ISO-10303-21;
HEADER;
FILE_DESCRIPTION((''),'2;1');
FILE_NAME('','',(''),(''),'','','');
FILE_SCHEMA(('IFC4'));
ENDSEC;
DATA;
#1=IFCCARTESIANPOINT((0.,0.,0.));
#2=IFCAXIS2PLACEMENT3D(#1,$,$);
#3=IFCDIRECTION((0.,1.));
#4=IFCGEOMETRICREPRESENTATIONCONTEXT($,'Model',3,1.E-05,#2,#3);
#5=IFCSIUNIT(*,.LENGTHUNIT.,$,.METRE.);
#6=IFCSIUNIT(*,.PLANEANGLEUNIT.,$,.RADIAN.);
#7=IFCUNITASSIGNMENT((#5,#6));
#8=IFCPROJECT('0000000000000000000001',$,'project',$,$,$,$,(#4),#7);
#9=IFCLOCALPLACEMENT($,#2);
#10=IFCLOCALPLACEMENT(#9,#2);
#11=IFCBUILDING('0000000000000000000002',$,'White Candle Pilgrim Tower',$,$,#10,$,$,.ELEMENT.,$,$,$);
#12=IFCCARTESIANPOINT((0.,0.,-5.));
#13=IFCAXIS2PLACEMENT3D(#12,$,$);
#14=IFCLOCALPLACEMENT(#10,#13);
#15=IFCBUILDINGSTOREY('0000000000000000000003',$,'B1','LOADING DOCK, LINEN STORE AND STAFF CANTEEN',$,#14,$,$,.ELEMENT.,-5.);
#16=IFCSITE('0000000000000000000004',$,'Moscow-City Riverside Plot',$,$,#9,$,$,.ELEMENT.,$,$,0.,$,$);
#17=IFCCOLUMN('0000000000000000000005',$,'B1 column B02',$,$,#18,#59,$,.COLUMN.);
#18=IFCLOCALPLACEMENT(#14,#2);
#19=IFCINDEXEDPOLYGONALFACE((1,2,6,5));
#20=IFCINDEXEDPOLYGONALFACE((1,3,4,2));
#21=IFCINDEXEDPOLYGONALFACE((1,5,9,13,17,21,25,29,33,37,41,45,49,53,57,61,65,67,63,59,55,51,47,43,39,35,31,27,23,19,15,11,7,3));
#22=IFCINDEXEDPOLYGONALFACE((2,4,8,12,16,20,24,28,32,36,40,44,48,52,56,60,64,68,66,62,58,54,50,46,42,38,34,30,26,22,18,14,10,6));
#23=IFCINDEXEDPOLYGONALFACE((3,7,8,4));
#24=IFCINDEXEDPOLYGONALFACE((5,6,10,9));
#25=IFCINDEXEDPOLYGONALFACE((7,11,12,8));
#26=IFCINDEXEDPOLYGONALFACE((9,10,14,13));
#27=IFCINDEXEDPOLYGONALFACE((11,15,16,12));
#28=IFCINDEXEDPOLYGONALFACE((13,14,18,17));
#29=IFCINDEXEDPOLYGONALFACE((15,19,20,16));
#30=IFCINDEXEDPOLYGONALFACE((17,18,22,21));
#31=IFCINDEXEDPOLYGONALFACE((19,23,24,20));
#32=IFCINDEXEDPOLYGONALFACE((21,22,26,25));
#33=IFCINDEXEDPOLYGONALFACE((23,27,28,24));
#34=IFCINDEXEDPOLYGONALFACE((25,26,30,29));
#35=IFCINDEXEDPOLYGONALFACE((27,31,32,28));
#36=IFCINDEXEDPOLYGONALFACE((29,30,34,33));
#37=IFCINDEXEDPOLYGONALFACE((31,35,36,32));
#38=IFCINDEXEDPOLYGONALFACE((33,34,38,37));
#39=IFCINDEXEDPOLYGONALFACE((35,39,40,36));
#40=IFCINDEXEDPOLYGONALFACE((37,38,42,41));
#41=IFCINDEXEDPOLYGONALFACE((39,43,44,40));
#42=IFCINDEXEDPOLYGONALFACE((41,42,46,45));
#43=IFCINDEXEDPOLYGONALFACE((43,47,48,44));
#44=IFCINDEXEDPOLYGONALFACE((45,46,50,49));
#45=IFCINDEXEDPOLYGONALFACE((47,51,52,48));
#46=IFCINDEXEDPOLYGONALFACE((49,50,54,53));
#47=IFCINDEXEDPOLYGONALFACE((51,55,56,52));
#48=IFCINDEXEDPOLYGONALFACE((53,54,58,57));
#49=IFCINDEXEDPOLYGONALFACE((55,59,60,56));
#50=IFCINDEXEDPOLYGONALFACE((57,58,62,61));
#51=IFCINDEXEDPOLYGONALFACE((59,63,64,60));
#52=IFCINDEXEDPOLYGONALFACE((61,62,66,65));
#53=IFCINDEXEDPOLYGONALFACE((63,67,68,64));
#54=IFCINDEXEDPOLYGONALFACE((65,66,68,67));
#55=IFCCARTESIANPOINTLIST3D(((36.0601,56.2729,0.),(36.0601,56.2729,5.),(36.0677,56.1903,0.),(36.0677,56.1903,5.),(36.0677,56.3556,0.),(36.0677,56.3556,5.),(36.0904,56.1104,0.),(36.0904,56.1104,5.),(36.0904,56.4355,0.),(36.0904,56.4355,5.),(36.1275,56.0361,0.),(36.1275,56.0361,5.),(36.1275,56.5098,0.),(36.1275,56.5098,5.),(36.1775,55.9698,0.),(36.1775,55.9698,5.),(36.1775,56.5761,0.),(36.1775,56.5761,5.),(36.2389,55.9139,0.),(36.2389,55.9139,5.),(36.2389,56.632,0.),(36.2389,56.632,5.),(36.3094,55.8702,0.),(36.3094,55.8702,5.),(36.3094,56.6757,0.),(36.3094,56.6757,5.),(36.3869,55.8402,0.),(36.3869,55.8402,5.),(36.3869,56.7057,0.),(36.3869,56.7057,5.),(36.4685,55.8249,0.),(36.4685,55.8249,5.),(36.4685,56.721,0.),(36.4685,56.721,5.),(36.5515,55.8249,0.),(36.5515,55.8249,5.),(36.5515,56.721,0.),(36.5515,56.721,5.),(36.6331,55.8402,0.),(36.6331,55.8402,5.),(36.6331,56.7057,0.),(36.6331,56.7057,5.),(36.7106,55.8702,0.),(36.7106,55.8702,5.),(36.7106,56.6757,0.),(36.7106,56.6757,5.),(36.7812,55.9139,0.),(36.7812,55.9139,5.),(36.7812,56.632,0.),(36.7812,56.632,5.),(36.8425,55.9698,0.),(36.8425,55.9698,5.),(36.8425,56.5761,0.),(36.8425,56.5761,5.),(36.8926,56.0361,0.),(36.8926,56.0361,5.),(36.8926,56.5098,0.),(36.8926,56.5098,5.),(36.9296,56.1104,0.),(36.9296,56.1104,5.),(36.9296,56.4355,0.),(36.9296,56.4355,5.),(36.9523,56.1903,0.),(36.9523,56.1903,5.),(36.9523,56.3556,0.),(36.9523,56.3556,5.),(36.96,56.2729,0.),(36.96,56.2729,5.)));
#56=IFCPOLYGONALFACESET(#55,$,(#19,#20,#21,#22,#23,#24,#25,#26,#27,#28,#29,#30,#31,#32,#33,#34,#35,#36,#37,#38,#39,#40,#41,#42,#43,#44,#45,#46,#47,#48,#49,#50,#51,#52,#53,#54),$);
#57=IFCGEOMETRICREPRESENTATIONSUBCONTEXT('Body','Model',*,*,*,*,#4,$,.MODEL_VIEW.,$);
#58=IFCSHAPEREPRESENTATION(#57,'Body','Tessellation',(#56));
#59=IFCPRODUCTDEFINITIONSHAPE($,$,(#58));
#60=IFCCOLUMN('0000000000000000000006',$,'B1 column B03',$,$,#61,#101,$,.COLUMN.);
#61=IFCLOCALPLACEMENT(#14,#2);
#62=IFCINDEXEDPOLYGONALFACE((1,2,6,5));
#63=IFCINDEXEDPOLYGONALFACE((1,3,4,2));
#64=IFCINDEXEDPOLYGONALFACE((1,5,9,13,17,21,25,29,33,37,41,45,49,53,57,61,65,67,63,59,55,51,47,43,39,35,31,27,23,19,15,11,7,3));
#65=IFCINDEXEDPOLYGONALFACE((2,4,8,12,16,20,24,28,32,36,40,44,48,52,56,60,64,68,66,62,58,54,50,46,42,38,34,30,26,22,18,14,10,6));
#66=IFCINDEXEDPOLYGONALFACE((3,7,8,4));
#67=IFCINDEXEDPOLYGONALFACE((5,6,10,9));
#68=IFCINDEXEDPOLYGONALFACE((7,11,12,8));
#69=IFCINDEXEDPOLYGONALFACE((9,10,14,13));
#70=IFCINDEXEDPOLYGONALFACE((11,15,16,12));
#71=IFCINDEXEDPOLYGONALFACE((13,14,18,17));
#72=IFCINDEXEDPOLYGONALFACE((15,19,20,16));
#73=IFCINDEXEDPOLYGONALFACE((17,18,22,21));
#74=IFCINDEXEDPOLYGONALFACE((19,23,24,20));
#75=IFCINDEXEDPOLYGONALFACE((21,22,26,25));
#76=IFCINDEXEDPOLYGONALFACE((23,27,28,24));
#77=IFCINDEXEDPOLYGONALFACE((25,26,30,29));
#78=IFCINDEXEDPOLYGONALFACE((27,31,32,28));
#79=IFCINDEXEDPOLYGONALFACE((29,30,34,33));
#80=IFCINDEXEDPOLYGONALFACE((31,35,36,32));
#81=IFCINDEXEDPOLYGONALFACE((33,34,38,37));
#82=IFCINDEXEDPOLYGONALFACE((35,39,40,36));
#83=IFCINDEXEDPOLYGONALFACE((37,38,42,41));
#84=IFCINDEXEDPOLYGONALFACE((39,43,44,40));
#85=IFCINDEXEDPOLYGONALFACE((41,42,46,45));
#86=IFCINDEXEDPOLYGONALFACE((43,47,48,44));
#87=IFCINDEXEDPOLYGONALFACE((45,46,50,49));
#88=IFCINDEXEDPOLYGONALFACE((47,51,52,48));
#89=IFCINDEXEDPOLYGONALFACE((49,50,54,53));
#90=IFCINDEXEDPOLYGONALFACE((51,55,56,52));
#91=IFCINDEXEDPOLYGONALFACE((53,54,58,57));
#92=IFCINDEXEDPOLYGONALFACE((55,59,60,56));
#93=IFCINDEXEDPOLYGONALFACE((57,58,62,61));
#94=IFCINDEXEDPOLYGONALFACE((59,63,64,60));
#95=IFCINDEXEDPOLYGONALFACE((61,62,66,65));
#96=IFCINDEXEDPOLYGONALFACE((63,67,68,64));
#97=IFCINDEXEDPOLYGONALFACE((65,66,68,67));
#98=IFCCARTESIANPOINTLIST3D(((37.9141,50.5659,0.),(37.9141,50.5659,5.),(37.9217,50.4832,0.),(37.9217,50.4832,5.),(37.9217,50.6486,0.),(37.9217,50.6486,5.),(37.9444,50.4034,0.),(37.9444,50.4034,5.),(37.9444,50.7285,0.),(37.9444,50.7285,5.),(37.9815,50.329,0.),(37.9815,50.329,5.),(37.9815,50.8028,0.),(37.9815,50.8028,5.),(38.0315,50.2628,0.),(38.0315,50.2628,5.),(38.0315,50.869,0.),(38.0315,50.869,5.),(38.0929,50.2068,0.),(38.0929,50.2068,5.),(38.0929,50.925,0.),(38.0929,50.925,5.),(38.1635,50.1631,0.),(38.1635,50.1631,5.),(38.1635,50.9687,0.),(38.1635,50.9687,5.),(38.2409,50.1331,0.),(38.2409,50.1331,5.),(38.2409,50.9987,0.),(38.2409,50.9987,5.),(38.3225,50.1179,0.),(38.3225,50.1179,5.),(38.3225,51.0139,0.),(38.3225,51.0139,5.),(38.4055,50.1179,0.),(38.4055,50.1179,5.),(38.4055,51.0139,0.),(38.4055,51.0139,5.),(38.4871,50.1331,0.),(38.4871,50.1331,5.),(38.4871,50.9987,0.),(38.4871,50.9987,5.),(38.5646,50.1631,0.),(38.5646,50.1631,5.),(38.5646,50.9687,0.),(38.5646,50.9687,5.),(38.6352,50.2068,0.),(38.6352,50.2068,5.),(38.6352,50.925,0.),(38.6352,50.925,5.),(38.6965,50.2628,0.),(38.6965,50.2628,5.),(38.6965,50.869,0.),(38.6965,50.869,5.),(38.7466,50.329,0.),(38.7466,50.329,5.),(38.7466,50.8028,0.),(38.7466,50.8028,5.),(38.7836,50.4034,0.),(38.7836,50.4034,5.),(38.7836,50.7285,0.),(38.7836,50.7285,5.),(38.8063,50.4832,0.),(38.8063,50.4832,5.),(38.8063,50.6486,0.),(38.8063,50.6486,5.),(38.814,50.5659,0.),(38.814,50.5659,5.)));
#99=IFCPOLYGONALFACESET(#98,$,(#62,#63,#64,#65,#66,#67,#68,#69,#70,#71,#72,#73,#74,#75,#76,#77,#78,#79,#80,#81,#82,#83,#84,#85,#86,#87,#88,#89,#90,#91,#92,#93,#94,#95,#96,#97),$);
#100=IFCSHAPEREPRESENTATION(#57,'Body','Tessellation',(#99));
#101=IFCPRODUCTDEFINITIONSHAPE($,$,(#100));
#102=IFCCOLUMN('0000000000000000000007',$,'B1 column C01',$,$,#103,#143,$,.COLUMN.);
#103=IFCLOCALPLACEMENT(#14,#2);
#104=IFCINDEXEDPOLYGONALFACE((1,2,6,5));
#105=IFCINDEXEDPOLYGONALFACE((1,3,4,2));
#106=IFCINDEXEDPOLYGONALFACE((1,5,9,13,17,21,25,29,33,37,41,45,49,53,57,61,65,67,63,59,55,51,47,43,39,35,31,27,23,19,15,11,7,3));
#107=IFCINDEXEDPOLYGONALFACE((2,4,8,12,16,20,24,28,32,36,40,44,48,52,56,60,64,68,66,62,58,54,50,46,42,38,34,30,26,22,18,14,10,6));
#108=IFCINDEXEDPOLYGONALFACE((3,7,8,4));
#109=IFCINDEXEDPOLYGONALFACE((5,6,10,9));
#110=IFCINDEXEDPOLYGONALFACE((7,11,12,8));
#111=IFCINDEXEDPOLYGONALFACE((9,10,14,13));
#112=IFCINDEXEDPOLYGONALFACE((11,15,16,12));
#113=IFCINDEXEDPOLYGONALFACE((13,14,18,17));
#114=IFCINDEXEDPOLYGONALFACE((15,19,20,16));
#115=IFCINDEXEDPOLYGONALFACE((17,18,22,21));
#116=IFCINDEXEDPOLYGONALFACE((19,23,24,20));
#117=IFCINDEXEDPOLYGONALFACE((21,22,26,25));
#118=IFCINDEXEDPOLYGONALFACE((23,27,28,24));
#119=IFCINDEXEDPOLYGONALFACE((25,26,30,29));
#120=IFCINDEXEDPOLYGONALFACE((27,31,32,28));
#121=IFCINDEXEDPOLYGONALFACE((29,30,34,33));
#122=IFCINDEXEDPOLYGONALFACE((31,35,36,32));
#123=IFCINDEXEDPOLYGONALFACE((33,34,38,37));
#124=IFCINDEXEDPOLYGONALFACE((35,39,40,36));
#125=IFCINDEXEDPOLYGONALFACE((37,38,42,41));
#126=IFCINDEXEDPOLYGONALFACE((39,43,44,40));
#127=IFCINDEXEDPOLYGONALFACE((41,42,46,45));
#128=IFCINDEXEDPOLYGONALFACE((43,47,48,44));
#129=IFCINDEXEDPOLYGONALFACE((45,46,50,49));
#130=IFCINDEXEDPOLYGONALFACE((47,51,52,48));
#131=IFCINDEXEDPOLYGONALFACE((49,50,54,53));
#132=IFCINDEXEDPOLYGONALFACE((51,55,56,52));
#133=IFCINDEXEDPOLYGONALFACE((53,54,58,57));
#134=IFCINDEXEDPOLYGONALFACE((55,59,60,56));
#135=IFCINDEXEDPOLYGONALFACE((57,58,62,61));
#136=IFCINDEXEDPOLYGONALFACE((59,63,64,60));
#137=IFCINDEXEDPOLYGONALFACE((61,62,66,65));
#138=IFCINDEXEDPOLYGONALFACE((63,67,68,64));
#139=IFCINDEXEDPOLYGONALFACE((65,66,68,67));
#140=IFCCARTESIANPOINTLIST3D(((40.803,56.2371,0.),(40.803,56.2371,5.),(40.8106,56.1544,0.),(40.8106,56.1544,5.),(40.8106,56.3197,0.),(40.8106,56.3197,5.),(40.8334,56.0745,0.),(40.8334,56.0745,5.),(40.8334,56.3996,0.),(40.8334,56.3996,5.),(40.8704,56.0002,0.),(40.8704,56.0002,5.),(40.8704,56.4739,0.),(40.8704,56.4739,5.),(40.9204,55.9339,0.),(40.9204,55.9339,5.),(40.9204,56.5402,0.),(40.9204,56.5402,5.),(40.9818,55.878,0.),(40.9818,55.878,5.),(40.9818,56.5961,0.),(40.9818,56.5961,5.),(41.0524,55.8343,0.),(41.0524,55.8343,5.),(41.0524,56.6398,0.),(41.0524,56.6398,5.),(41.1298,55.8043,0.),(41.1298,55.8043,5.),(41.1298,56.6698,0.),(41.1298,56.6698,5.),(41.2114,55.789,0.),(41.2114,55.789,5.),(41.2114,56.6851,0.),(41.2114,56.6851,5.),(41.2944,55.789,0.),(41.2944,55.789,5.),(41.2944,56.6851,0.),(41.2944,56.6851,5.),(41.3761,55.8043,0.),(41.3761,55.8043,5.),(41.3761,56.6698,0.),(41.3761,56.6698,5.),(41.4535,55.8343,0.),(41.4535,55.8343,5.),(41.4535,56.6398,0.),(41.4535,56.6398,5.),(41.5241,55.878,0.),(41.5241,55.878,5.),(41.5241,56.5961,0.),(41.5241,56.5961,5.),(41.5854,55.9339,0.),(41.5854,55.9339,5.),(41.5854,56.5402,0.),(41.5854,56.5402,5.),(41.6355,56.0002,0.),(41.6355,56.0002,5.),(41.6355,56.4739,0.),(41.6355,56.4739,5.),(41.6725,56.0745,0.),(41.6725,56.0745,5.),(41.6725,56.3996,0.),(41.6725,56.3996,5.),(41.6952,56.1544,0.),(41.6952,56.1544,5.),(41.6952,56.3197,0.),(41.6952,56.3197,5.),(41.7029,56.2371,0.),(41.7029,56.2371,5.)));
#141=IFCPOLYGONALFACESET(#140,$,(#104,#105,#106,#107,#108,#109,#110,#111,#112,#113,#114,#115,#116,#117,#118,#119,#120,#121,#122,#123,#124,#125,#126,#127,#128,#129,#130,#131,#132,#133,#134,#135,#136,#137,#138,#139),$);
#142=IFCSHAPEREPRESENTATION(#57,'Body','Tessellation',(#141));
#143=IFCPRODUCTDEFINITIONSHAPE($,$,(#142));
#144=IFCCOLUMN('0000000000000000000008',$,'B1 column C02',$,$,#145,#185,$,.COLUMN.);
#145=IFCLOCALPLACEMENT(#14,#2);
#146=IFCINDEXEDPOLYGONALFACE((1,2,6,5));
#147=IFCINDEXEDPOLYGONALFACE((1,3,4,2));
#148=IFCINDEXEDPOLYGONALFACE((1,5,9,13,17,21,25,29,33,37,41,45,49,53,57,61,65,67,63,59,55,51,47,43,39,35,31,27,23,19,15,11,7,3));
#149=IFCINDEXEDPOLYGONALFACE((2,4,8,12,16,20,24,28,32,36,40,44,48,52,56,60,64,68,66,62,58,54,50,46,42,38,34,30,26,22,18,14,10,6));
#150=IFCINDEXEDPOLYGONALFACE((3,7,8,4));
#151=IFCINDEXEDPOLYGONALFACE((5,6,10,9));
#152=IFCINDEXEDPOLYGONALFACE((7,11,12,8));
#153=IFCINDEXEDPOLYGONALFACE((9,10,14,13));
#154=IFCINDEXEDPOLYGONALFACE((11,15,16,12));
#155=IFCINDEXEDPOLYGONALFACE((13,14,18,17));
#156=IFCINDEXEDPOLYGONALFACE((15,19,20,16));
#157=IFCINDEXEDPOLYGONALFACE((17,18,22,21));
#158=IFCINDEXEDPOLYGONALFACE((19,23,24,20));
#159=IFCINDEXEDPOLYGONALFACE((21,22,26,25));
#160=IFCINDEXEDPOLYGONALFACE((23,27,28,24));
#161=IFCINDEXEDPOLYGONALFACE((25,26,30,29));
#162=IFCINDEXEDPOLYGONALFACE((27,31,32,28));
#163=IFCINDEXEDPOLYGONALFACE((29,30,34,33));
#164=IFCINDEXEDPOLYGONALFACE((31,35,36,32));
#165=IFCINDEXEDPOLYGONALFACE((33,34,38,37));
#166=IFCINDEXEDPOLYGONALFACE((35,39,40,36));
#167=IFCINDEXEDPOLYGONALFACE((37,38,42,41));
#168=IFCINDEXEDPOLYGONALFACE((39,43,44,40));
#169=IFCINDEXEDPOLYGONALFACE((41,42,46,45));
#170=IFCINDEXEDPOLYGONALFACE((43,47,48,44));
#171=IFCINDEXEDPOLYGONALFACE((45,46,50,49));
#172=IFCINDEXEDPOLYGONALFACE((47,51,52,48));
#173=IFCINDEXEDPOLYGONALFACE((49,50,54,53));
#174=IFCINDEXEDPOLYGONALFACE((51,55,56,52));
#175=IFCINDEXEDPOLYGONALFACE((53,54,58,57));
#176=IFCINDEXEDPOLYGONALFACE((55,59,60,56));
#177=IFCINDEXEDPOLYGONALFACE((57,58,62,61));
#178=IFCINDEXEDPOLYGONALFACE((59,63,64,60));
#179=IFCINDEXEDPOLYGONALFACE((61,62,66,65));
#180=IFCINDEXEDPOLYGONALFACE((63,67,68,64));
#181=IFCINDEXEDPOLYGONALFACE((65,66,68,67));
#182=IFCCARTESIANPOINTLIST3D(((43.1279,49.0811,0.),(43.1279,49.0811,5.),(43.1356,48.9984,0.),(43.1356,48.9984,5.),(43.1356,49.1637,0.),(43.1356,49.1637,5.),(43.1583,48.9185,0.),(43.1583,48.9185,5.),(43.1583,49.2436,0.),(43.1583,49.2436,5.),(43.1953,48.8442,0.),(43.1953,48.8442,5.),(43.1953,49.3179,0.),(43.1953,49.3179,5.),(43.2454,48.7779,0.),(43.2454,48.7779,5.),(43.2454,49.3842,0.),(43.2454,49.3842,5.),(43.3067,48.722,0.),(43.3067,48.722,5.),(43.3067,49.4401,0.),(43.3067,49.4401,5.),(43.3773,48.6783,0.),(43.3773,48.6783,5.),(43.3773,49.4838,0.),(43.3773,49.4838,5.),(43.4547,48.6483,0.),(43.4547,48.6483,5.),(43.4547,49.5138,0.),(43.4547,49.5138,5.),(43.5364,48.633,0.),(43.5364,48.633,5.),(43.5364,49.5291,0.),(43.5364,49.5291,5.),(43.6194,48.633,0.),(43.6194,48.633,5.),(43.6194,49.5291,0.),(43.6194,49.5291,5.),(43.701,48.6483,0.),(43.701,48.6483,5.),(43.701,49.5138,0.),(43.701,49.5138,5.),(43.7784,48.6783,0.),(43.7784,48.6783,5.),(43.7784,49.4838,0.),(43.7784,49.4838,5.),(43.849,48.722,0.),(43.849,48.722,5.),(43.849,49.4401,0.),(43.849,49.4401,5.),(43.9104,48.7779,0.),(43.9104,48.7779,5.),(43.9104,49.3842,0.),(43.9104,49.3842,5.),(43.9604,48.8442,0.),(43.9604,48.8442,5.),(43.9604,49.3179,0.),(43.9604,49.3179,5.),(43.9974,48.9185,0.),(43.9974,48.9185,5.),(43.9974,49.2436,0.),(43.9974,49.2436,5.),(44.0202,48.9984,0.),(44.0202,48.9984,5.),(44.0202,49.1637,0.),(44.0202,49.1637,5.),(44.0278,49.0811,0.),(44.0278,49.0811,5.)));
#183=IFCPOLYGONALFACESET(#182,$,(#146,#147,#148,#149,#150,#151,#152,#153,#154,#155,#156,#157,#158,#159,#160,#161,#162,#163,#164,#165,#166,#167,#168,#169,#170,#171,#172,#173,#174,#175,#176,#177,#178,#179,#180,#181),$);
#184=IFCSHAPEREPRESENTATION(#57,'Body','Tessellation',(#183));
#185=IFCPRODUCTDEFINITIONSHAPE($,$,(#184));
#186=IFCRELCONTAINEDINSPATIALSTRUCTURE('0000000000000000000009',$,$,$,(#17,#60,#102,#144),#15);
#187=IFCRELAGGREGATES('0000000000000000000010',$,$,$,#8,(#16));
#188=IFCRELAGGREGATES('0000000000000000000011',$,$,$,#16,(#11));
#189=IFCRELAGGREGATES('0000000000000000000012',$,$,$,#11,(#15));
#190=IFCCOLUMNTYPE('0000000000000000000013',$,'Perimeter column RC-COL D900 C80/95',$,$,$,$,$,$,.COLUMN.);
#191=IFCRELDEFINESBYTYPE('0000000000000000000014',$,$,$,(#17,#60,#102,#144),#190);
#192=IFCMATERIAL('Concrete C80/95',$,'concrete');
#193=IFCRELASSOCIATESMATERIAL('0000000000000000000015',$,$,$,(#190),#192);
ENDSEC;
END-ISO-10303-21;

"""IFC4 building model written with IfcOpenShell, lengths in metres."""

from ifc_helpers import new_model, si_unit, direction, frame, origin, origin_2d, place, context, subcontext, project, spatial, circle, extrude, material, material_profile, profile_set, type_object, element, save


model = new_model("IFC4")

# Units and contexts
model_context = context("Model", 3, precision=1e-05, world=origin(), true_north=direction((0.0, 1.0)))
body_context = subcontext(model_context, "Body", "Model", "MODEL_VIEW")
ifc_project = project(units=[si_unit("LENGTHUNIT", "METRE"), si_unit("PLANEANGLEUNIT", "RADIAN")], contexts=[model_context])

# Site, building, storey
site_placement = place(None, origin())
site = spatial("IfcSite", under=ifc_project, at=site_placement, Name="Moscow-City Riverside Plot", CompositionType="ELEMENT", RefElevation=0.0)
building_placement = place(site_placement, origin())
building = spatial("IfcBuilding", under=site, at=building_placement, Name="White Candle Pilgrim Tower", CompositionType="ELEMENT")
storey_placement = place(building_placement, frame((0.0, 0.0, -5.0)))
storey = spatial("IfcBuildingStorey", under=building, at=storey_placement, Name="B1", Description="LOADING DOCK, LINEN STORE AND STAFF CANTEEN", CompositionType="ELEMENT", Elevation=-5.0)

# Columns
ifc_material_1 = material(Name="Concrete C80/95", Category="concrete")
ifc_material_profile_1 = material_profile(ifc_material_1, circle(Radius=0.45, at=origin_2d()), Name="RC-COL D900")
ifc_profile_set_1 = profile_set([ifc_material_profile_1], Name="Concrete C80/95")
column_type_1 = type_object("IfcColumnType", Name="Perimeter column RC-COL D900 C80/95", PredefinedType="COLUMN", material=ifc_profile_set_1)
for number, where, z_axis, x_axis, name in (
    (1, (36.51, 56.2729, 0.0), (0.0, 0.0, 1.0), (1.0, 0.0, 0.0), "B1 column B02"),
    (2, (38.364, 50.5659, 0.0), (0.0, 0.0, 1.0), (1.0, 0.0, 0.0), "B1 column B03"),
    (3, (41.2529, 56.2371, 0.0), (0.0, 0.0, 1.0), (1.0, 0.0, 0.0), "B1 column C01"),
    (4, (43.5779, 49.0811, 0.0), (0.0, 0.0, 1.0), (1.0, 0.0, 0.0), "B1 column C02"),
):
    element("IfcColumn", number, at=place(storey_placement, frame(where, z_axis=z_axis, x_axis=x_axis)), inside=storey, type_object=column_type_1, Name=name, PredefinedType="COLUMN", context=body_context, shape_type="SweptSolid", body=[
        extrude(circle(Radius=0.45, at=origin_2d()), origin(), (0.0, 0.0, 1.0), 5.0),
    ])

save(model, "model.ifc")
